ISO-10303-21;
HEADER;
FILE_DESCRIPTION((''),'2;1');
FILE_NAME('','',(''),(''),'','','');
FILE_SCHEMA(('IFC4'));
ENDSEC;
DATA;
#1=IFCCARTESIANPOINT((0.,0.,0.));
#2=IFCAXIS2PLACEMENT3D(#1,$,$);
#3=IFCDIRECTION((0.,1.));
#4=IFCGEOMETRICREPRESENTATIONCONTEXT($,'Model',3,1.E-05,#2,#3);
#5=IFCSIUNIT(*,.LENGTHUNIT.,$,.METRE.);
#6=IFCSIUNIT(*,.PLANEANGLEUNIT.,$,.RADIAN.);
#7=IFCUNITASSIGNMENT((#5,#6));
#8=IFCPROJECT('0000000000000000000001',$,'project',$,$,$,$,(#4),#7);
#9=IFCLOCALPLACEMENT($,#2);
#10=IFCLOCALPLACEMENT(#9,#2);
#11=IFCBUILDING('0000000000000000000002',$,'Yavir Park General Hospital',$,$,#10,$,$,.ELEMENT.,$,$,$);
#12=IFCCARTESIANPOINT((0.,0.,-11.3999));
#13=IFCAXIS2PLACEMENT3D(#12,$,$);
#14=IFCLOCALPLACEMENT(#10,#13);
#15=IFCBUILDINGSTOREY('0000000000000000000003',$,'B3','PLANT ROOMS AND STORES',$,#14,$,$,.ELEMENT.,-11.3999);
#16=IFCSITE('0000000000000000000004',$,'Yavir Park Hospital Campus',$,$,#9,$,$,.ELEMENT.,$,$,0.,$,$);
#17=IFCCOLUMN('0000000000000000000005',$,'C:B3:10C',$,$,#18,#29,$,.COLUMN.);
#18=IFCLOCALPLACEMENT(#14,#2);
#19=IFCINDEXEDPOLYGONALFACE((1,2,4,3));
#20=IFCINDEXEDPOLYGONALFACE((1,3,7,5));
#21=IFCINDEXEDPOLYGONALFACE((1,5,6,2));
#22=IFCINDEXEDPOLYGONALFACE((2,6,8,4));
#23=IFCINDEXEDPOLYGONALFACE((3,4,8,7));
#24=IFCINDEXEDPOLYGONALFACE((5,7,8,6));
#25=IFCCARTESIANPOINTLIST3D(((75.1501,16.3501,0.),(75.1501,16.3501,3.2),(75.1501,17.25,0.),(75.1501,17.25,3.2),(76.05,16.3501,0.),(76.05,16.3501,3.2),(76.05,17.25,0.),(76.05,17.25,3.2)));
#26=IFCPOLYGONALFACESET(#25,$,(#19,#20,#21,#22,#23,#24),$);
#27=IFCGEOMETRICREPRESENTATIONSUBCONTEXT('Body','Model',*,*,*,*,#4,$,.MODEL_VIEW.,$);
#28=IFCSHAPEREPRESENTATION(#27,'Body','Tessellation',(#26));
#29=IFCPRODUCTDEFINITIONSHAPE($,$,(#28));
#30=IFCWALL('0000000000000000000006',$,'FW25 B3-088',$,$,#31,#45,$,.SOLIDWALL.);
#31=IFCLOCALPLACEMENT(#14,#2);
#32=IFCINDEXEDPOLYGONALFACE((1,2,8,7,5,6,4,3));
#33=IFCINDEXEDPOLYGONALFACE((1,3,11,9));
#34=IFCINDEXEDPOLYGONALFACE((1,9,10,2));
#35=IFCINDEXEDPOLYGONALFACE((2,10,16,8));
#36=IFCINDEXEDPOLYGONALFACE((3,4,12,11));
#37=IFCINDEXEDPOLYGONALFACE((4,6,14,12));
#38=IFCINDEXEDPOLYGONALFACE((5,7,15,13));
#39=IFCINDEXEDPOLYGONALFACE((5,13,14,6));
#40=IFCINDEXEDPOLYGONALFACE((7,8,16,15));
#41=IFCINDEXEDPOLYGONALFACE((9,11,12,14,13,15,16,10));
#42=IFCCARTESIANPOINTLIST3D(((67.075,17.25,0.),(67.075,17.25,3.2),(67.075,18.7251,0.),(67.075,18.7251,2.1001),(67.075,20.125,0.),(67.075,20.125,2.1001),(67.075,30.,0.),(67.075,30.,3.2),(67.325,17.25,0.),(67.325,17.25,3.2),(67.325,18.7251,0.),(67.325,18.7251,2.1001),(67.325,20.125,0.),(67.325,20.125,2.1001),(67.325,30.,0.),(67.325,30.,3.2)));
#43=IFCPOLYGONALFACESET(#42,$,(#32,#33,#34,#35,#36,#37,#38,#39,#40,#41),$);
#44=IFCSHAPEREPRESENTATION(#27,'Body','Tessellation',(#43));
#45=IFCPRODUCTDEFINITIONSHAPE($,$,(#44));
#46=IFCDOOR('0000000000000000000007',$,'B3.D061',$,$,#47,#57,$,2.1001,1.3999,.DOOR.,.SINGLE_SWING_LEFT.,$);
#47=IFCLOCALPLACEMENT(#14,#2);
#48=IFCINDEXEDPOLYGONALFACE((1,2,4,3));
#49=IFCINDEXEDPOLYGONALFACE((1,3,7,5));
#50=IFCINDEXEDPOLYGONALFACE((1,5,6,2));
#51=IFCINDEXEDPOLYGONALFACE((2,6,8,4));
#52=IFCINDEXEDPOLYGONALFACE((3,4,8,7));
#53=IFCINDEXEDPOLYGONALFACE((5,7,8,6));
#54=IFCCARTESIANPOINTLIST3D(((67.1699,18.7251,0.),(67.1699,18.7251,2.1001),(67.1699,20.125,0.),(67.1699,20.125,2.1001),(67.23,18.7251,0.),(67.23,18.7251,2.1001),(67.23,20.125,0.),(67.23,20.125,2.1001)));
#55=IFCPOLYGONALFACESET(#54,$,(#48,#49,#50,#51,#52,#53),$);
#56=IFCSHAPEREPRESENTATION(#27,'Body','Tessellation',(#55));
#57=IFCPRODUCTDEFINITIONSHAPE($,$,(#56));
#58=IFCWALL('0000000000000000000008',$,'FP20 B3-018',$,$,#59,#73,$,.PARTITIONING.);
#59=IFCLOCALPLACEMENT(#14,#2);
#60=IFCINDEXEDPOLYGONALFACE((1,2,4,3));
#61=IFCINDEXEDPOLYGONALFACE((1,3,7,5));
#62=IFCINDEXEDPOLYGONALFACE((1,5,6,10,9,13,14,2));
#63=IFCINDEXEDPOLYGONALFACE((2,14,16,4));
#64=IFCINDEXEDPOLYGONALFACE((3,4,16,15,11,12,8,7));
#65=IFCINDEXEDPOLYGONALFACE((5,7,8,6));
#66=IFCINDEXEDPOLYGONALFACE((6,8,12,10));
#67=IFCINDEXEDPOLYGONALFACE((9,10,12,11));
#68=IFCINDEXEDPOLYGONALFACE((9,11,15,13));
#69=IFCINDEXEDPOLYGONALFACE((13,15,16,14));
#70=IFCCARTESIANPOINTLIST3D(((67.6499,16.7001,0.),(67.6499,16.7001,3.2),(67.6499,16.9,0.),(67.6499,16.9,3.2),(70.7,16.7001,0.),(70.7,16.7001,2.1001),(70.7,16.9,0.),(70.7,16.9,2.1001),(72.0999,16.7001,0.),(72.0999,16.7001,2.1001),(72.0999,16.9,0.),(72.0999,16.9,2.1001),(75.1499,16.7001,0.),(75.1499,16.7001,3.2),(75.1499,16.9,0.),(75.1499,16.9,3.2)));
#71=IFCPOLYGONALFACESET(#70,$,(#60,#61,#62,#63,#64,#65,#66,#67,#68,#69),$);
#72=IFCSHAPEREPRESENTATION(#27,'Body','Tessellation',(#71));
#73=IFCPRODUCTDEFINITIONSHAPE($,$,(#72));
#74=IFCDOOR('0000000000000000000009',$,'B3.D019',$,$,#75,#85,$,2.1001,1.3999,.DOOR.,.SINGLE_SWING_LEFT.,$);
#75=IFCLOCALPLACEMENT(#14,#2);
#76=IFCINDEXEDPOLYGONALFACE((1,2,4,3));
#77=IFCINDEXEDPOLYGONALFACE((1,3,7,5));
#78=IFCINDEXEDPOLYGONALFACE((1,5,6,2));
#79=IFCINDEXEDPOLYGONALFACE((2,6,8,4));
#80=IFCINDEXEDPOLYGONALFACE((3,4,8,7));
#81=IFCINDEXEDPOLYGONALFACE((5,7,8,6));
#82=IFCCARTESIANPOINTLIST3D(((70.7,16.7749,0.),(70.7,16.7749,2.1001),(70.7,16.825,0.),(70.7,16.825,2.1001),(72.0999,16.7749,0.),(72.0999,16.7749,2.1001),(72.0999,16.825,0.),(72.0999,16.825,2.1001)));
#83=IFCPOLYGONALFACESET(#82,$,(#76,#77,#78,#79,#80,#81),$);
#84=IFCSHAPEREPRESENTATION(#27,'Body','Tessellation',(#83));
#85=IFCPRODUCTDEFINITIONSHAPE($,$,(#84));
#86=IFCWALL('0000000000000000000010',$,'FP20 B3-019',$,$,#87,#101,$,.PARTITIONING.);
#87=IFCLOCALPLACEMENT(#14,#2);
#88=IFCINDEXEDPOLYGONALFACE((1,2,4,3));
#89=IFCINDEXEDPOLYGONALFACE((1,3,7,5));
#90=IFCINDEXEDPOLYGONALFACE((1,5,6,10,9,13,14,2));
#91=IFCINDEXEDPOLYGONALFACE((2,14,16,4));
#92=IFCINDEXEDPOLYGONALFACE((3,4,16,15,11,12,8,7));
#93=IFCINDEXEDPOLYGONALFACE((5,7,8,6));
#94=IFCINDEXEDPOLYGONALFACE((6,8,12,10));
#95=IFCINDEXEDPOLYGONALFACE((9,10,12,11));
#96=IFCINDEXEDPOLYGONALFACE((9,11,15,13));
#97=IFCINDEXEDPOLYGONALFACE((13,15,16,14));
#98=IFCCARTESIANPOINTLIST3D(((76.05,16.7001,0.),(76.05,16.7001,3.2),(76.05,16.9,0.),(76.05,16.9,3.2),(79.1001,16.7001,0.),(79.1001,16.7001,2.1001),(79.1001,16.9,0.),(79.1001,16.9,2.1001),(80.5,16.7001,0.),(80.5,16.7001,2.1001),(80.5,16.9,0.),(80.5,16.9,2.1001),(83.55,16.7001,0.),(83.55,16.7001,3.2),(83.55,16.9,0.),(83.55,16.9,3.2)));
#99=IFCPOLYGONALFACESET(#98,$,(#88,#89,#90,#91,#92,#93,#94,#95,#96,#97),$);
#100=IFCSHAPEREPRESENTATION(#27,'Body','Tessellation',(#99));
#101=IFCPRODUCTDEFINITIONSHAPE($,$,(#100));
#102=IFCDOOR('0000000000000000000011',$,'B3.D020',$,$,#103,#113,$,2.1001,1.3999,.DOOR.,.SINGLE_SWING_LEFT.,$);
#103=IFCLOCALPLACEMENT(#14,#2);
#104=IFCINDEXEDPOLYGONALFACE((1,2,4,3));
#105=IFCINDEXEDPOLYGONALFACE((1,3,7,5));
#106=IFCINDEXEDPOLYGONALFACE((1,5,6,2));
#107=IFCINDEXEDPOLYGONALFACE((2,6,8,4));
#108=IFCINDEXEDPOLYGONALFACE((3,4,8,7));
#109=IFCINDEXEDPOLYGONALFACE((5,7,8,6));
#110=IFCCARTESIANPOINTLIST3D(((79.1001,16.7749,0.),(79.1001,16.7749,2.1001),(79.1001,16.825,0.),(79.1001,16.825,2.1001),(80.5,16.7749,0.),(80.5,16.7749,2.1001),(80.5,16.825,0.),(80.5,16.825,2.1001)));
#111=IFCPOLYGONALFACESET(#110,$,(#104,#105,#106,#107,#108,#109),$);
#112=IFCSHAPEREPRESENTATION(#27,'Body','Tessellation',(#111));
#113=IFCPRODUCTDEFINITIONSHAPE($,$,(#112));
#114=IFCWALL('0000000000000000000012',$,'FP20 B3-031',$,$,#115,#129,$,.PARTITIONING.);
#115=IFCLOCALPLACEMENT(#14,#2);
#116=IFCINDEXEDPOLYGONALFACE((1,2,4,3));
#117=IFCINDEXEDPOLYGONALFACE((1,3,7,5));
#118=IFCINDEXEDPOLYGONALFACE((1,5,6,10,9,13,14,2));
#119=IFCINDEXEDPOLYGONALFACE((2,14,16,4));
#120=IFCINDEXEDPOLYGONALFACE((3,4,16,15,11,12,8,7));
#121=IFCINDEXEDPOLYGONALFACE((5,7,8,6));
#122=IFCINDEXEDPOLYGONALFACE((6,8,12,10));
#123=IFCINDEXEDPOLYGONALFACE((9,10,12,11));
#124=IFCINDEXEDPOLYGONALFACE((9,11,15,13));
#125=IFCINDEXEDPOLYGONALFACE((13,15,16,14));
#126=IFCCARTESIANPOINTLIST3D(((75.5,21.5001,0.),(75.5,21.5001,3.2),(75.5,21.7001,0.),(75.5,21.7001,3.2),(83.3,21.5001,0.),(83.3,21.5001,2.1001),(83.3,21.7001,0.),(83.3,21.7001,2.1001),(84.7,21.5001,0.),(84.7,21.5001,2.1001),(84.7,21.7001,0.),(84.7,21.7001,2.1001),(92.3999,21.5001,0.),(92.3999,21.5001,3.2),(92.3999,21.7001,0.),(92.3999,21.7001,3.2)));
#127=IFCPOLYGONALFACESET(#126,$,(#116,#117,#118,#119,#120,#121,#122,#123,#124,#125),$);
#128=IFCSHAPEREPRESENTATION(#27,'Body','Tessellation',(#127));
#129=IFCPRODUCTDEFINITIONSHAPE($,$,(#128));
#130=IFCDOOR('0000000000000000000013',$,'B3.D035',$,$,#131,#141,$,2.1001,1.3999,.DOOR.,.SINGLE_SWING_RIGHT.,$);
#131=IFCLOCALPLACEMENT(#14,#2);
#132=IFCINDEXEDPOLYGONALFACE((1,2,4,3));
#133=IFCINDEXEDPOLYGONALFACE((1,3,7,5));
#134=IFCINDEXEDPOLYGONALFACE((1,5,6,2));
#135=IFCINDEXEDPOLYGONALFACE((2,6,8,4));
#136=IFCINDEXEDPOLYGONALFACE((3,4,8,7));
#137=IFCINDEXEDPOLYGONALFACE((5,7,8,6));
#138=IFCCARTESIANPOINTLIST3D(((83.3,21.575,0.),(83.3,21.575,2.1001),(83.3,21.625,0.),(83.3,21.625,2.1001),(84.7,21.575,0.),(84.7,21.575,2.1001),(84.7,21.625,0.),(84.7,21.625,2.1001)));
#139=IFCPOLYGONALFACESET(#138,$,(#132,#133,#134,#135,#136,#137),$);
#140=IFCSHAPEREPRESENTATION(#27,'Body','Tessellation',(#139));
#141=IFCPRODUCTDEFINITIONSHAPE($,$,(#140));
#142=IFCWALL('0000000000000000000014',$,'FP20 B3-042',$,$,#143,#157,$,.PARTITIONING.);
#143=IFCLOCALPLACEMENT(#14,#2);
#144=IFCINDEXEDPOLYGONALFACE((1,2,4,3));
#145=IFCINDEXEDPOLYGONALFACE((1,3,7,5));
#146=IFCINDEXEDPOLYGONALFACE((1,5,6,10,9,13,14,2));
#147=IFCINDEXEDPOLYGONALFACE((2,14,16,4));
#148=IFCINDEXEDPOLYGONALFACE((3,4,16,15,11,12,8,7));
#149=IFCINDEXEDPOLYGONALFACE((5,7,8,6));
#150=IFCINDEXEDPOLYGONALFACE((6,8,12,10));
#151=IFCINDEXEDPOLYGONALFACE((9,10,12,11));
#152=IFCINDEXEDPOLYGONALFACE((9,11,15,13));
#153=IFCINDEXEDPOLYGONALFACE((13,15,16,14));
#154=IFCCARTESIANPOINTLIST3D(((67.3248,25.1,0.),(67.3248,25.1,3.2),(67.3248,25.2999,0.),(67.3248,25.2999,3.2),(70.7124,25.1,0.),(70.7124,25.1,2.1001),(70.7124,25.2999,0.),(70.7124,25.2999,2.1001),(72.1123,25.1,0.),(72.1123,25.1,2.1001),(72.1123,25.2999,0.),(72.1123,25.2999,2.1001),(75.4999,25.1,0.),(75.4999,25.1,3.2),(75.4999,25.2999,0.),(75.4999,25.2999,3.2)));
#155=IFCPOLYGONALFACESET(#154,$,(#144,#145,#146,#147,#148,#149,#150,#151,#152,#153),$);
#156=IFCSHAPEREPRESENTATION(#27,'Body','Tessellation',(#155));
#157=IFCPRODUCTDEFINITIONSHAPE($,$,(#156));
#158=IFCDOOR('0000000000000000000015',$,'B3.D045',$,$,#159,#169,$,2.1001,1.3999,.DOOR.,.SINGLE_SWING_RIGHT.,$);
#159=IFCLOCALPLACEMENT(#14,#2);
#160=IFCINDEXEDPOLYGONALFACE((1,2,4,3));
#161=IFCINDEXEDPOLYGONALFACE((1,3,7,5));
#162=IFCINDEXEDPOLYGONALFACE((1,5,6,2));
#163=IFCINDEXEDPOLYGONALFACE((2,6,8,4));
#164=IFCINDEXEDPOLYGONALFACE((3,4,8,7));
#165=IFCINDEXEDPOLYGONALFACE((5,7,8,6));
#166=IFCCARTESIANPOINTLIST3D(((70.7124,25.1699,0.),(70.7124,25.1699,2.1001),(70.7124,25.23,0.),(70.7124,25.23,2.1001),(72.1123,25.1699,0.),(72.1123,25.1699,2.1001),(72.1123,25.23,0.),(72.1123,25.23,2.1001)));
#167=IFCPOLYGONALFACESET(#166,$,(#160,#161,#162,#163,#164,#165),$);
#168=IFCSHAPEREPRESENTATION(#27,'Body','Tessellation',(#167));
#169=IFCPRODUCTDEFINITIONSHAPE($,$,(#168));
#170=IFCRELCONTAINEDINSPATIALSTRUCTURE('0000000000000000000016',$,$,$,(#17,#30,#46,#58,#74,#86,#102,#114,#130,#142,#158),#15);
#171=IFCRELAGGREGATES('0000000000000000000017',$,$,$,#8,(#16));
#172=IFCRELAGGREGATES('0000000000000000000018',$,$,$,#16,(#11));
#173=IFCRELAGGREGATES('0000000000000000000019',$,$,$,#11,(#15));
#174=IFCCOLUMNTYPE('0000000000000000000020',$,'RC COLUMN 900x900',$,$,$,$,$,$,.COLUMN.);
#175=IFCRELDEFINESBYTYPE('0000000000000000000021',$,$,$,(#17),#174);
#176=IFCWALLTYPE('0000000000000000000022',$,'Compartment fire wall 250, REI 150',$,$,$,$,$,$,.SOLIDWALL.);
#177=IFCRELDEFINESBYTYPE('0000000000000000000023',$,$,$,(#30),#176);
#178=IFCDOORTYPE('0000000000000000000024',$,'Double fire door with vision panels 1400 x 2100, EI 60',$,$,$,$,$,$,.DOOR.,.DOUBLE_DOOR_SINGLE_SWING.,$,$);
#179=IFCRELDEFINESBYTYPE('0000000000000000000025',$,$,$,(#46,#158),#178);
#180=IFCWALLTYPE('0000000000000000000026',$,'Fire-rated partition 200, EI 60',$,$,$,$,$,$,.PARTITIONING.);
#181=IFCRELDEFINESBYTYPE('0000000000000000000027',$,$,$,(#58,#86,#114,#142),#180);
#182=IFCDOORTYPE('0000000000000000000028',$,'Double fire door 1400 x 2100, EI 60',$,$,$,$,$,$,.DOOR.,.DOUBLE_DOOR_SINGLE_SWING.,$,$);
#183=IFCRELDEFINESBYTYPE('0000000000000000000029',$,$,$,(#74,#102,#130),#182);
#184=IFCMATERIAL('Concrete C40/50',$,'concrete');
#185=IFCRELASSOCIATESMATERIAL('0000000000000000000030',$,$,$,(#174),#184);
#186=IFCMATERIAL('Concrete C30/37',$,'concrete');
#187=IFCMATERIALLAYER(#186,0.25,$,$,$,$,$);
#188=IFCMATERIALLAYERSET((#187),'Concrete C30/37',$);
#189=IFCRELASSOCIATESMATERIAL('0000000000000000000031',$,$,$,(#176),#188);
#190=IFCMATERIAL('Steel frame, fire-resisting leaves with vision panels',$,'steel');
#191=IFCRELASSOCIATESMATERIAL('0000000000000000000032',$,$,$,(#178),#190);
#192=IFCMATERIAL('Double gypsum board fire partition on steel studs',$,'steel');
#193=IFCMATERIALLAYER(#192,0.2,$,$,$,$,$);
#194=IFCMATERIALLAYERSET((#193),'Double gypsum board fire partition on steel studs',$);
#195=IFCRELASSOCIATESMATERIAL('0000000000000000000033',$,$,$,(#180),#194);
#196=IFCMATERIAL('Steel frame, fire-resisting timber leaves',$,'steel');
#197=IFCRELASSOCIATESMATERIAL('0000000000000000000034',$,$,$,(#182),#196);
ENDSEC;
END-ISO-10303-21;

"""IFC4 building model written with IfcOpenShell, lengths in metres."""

from ifc_helpers import new_model, si_unit, direction, frame, frame_2d, origin, origin_2d, place, context, subcontext, project, spatial, rectangle, extrude, material, layer, layer_set, material_profile, profile_set, type_object, element, fill, save


model = new_model("IFC4")

# Units and contexts
model_context = context("Model", 3, precision=1e-05, world=origin(), true_north=direction((0.0, 1.0)))
body_context = subcontext(model_context, "Body", "Model", "MODEL_VIEW")
ifc_project = project(units=[si_unit("LENGTHUNIT", "METRE"), si_unit("PLANEANGLEUNIT", "RADIAN")], contexts=[model_context])

# Site, building, storey
site_placement = place(None, origin())
site = spatial("IfcSite", under=ifc_project, at=site_placement, Name="Yavir Park Hospital Campus", CompositionType="ELEMENT", RefElevation=0.0)
building_placement = place(site_placement, origin())
building = spatial("IfcBuilding", under=site, at=building_placement, Name="Yavir Park General Hospital", CompositionType="ELEMENT")
storey_placement = place(building_placement, frame((0.0, 0.0, -11.3999)))
storey = spatial("IfcBuildingStorey", under=building, at=storey_placement, Name="B3", Description="PLANT ROOMS AND STORES", CompositionType="ELEMENT", Elevation=-11.3999)

# Column
ifc_material_1 = material(Name="Concrete C40/50", Category="concrete")
ifc_material_profile = material_profile(ifc_material_1, rectangle(XDim=0.8999, YDim=0.8999, at=origin_2d()), Name="RC900x900")
ifc_profile_set = profile_set([ifc_material_profile], Name="Concrete C40/50")
column_type = type_object("IfcColumnType", Name="RC COLUMN 900x900", PredefinedType="COLUMN", material=ifc_profile_set)
column_placement = place(storey_placement, frame((75.6001, 16.8, 0.0), z_axis=(0.0, 0.0, 1.0), x_axis=(1.0, 0.0, 0.0)))
element("IfcColumn", 1, at=column_placement, inside=storey, type_object=column_type, Name="C:B3:10C", PredefinedType="COLUMN", context=body_context, shape_type="SweptSolid", body=[
    extrude(rectangle(XDim=0.8999, YDim=0.8999, at=origin_2d()), origin(), (0.0, 0.0, 1.0), 3.2),
])

# Walls, openings, doors
ifc_material_2 = material(Name="Concrete C30/37", Category="concrete")
ifc_layer_1 = layer(ifc_material_2, 0.25)
ifc_layer_set_1 = layer_set([ifc_layer_1], Name="Concrete C30/37")
wall_type_1 = type_object("IfcWallType", Name="Compartment fire wall 250, REI 150", PredefinedType="SOLIDWALL", material=ifc_layer_set_1)
wall_1_placement = place(storey_placement, frame((67.2, 17.25, 0.0), z_axis=(0.0, 0.0, 1.0), x_axis=(0.0, 1.0, 0.0)))
wall_1 = element("IfcWall", 2, at=wall_1_placement, inside=storey, type_object=wall_type_1, Name="FW25 B3-088", PredefinedType="SOLIDWALL", context=body_context, shape_type="SweptSolid", body=[
    extrude(rectangle(XDim=12.75, YDim=0.25, at=frame_2d((6.375, 0.0))), origin(), (0.0, 0.0, 1.0), 3.2),
])
opening_1_placement = place(wall_1_placement, frame((1.4751, 0.0, 0.0)))
opening_1 = element("IfcOpeningElement", 3, at=opening_1_placement, cuts=wall_1, PredefinedType="OPENING", context=body_context, shape_type="SweptSolid", body=[
    extrude(rectangle(XDim=1.3999, YDim=2.1001, at=frame_2d((0.7, 1.05))), frame((0.0, 0.135, 0.0), z_axis=(0.0, -1.0, 0.0), x_axis=(1.0, 0.0, 0.0)), (0.0, 0.0, 1.0), 0.27),
])
ifc_material_3 = material(Name="Steel frame, fire-resisting leaves with vision panels", Category="steel")
door_type_1 = type_object("IfcDoorType", Name="Double fire door with vision panels 1400 x 2100, EI 60", OperationType="DOUBLE_DOOR_SINGLE_SWING", PredefinedType="DOOR", material=ifc_material_3)
door_1_placement = place(opening_1_placement, origin())
door_1 = element("IfcDoor", 4, at=door_1_placement, inside=storey, type_object=door_type_1, Name="B3.D061", OperationType="SINGLE_SWING_LEFT", OverallHeight=2.1001, OverallWidth=1.3999, PredefinedType="DOOR", context=body_context, shape_type="SweptSolid", body=[
    extrude(rectangle(XDim=1.3999, YDim=2.1001, at=frame_2d((0.7, 1.05))), frame((0.0, 0.03, 0.0), z_axis=(0.0, -1.0, 0.0), x_axis=(1.0, 0.0, 0.0)), (0.0, 0.0, 1.0), 0.0601),
])
fill(opening_1, door_1)
ifc_material_4 = material(Name="Double gypsum board fire partition on steel studs", Category="steel")
ifc_layer_2 = layer(ifc_material_4, 0.2)
ifc_layer_set_2 = layer_set([ifc_layer_2], Name="Double gypsum board fire partition on steel studs")
wall_type_2 = type_object("IfcWallType", Name="Fire-rated partition 200, EI 60", PredefinedType="PARTITIONING", material=ifc_layer_set_2)
wall_2_placement = place(storey_placement, frame((67.6499, 16.8, 0.0), z_axis=(0.0, 0.0, 1.0), x_axis=(1.0, 0.0, 0.0)))
wall_2 = element("IfcWall", 5, at=wall_2_placement, inside=storey, type_object=wall_type_2, Name="FP20 B3-018", PredefinedType="PARTITIONING", context=body_context, shape_type="SweptSolid", body=[
    extrude(rectangle(XDim=7.5, YDim=0.2, at=frame_2d((3.75, 0.0))), origin(), (0.0, 0.0, 1.0), 3.2),
])
opening_2_placement = place(wall_2_placement, frame((3.05, 0.0, 0.0)))
opening_2 = element("IfcOpeningElement", 6, at=opening_2_placement, cuts=wall_2, PredefinedType="OPENING", context=body_context, shape_type="SweptSolid", body=[
    extrude(rectangle(XDim=1.3999, YDim=2.1001, at=frame_2d((0.7, 1.05))), frame((0.0, 0.1099, 0.0), z_axis=(0.0, -1.0, 0.0), x_axis=(1.0, 0.0, 0.0)), (0.0, 0.0, 1.0), 0.22),
])
ifc_material_5 = material(Name="Steel frame, fire-resisting timber leaves", Category="steel")
door_type_2 = type_object("IfcDoorType", Name="Double fire door 1400 x 2100, EI 60", OperationType="DOUBLE_DOOR_SINGLE_SWING", PredefinedType="DOOR", material=ifc_material_5)
door_2_placement = place(opening_2_placement, origin())
door_2 = element("IfcDoor", 7, at=door_2_placement, inside=storey, type_object=door_type_2, Name="B3.D019", OperationType="SINGLE_SWING_LEFT", OverallHeight=2.1001, OverallWidth=1.3999, PredefinedType="DOOR", context=body_context, shape_type="SweptSolid", body=[
    extrude(rectangle(XDim=1.3999, YDim=2.1001, at=frame_2d((0.7, 1.05))), frame((0.0, 0.0249, 0.0), z_axis=(0.0, -1.0, 0.0), x_axis=(1.0, 0.0, 0.0)), (0.0, 0.0, 1.0), 0.05),
])
fill(opening_2, door_2)
wall_3_placement = place(storey_placement, frame((76.05, 16.8, 0.0), z_axis=(0.0, 0.0, 1.0), x_axis=(1.0, 0.0, 0.0)))
wall_3 = element("IfcWall", 8, at=wall_3_placement, inside=storey, type_object=wall_type_2, Name="FP20 B3-019", PredefinedType="PARTITIONING", context=body_context, shape_type="SweptSolid", body=[
    extrude(rectangle(XDim=7.5, YDim=0.2, at=frame_2d((3.75, 0.0))), origin(), (0.0, 0.0, 1.0), 3.2),
])
opening_3_placement = place(wall_3_placement, frame((3.05, 0.0, 0.0)))
opening_3 = element("IfcOpeningElement", 9, at=opening_3_placement, cuts=wall_3, PredefinedType="OPENING", context=body_context, shape_type="SweptSolid", body=[
    extrude(rectangle(XDim=1.3999, YDim=2.1001, at=frame_2d((0.7, 1.05))), frame((0.0, 0.1099, 0.0), z_axis=(0.0, -1.0, 0.0), x_axis=(1.0, 0.0, 0.0)), (0.0, 0.0, 1.0), 0.22),
])
door_3_placement = place(opening_3_placement, origin())
door_3 = element("IfcDoor", 10, at=door_3_placement, inside=storey, type_object=door_type_2, Name="B3.D020", OperationType="SINGLE_SWING_LEFT", OverallHeight=2.1001, OverallWidth=1.3999, PredefinedType="DOOR", context=body_context, shape_type="SweptSolid", body=[
    extrude(rectangle(XDim=1.3999, YDim=2.1001, at=frame_2d((0.7, 1.05))), frame((0.0, 0.0249, 0.0), z_axis=(0.0, -1.0, 0.0), x_axis=(1.0, 0.0, 0.0)), (0.0, 0.0, 1.0), 0.05),
])
fill(opening_3, door_3)
wall_4_placement = place(storey_placement, frame((75.5, 21.6001, 0.0), z_axis=(0.0, 0.0, 1.0), x_axis=(1.0, 0.0, 0.0)))
wall_4 = element("IfcWall", 11, at=wall_4_placement, inside=storey, type_object=wall_type_2, Name="FP20 B3-031", PredefinedType="PARTITIONING", context=body_context, shape_type="SweptSolid", body=[
    extrude(rectangle(XDim=16.8999, YDim=0.2, at=frame_2d((8.45, 0.0))), origin(), (0.0, 0.0, 1.0), 3.2),
])
opening_4_placement = place(wall_4_placement, frame((7.8, 0.0, 0.0)))
opening_4 = element("IfcOpeningElement", 12, at=opening_4_placement, cuts=wall_4, PredefinedType="OPENING", context=body_context, shape_type="SweptSolid", body=[
    extrude(rectangle(XDim=1.3999, YDim=2.1001, at=frame_2d((0.7, 1.05))), frame((0.0, 0.1099, 0.0), z_axis=(0.0, -1.0, 0.0), x_axis=(1.0, 0.0, 0.0)), (0.0, 0.0, 1.0), 0.22),
])
door_4_placement = place(opening_4_placement, origin())
door_4 = element("IfcDoor", 13, at=door_4_placement, inside=storey, type_object=door_type_2, Name="B3.D035", OperationType="SINGLE_SWING_RIGHT", OverallHeight=2.1001, OverallWidth=1.3999, PredefinedType="DOOR", context=body_context, shape_type="SweptSolid", body=[
    extrude(rectangle(XDim=1.3999, YDim=2.1001, at=frame_2d((0.7, 1.05))), frame((0.0, 0.0249, 0.0), z_axis=(0.0, -1.0, 0.0), x_axis=(1.0, 0.0, 0.0)), (0.0, 0.0, 1.0), 0.05),
])
fill(opening_4, door_4)
wall_5_placement = place(storey_placement, frame((67.325, 25.2, 0.0), z_axis=(0.0, 0.0, 1.0), x_axis=(1.0, 0.0, 0.0)))
wall_5 = element("IfcWall", 14, at=wall_5_placement, inside=storey, type_object=wall_type_2, Name="FP20 B3-042", PredefinedType="PARTITIONING", context=body_context, shape_type="SweptSolid", body=[
    extrude(rectangle(XDim=8.175, YDim=0.2, at=frame_2d((4.0874, 0.0))), origin(), (0.0, 0.0, 1.0), 3.2),
])
opening_5_placement = place(wall_5_placement, frame((3.3875, 0.0, 0.0)))
opening_5 = element("IfcOpeningElement", 15, at=opening_5_placement, cuts=wall_5, PredefinedType="OPENING", context=body_context, shape_type="SweptSolid", body=[
    extrude(rectangle(XDim=1.3999, YDim=2.1001, at=frame_2d((0.7, 1.05))), frame((0.0, 0.1099, 0.0), z_axis=(0.0, -1.0, 0.0), x_axis=(1.0, 0.0, 0.0)), (0.0, 0.0, 1.0), 0.22),
])
door_5_placement = place(opening_5_placement, origin())
door_5 = element("IfcDoor", 16, at=door_5_placement, inside=storey, type_object=door_type_1, Name="B3.D045", OperationType="SINGLE_SWING_RIGHT", OverallHeight=2.1001, OverallWidth=1.3999, PredefinedType="DOOR", context=body_context, shape_type="SweptSolid", body=[
    extrude(rectangle(XDim=1.3999, YDim=2.1001, at=frame_2d((0.7, 1.05))), frame((0.0, 0.03, 0.0), z_axis=(0.0, -1.0, 0.0), x_axis=(1.0, 0.0, 0.0)), (0.0, 0.0, 1.0), 0.0601),
])
fill(opening_5, door_5)

save(model, "model.ifc")
